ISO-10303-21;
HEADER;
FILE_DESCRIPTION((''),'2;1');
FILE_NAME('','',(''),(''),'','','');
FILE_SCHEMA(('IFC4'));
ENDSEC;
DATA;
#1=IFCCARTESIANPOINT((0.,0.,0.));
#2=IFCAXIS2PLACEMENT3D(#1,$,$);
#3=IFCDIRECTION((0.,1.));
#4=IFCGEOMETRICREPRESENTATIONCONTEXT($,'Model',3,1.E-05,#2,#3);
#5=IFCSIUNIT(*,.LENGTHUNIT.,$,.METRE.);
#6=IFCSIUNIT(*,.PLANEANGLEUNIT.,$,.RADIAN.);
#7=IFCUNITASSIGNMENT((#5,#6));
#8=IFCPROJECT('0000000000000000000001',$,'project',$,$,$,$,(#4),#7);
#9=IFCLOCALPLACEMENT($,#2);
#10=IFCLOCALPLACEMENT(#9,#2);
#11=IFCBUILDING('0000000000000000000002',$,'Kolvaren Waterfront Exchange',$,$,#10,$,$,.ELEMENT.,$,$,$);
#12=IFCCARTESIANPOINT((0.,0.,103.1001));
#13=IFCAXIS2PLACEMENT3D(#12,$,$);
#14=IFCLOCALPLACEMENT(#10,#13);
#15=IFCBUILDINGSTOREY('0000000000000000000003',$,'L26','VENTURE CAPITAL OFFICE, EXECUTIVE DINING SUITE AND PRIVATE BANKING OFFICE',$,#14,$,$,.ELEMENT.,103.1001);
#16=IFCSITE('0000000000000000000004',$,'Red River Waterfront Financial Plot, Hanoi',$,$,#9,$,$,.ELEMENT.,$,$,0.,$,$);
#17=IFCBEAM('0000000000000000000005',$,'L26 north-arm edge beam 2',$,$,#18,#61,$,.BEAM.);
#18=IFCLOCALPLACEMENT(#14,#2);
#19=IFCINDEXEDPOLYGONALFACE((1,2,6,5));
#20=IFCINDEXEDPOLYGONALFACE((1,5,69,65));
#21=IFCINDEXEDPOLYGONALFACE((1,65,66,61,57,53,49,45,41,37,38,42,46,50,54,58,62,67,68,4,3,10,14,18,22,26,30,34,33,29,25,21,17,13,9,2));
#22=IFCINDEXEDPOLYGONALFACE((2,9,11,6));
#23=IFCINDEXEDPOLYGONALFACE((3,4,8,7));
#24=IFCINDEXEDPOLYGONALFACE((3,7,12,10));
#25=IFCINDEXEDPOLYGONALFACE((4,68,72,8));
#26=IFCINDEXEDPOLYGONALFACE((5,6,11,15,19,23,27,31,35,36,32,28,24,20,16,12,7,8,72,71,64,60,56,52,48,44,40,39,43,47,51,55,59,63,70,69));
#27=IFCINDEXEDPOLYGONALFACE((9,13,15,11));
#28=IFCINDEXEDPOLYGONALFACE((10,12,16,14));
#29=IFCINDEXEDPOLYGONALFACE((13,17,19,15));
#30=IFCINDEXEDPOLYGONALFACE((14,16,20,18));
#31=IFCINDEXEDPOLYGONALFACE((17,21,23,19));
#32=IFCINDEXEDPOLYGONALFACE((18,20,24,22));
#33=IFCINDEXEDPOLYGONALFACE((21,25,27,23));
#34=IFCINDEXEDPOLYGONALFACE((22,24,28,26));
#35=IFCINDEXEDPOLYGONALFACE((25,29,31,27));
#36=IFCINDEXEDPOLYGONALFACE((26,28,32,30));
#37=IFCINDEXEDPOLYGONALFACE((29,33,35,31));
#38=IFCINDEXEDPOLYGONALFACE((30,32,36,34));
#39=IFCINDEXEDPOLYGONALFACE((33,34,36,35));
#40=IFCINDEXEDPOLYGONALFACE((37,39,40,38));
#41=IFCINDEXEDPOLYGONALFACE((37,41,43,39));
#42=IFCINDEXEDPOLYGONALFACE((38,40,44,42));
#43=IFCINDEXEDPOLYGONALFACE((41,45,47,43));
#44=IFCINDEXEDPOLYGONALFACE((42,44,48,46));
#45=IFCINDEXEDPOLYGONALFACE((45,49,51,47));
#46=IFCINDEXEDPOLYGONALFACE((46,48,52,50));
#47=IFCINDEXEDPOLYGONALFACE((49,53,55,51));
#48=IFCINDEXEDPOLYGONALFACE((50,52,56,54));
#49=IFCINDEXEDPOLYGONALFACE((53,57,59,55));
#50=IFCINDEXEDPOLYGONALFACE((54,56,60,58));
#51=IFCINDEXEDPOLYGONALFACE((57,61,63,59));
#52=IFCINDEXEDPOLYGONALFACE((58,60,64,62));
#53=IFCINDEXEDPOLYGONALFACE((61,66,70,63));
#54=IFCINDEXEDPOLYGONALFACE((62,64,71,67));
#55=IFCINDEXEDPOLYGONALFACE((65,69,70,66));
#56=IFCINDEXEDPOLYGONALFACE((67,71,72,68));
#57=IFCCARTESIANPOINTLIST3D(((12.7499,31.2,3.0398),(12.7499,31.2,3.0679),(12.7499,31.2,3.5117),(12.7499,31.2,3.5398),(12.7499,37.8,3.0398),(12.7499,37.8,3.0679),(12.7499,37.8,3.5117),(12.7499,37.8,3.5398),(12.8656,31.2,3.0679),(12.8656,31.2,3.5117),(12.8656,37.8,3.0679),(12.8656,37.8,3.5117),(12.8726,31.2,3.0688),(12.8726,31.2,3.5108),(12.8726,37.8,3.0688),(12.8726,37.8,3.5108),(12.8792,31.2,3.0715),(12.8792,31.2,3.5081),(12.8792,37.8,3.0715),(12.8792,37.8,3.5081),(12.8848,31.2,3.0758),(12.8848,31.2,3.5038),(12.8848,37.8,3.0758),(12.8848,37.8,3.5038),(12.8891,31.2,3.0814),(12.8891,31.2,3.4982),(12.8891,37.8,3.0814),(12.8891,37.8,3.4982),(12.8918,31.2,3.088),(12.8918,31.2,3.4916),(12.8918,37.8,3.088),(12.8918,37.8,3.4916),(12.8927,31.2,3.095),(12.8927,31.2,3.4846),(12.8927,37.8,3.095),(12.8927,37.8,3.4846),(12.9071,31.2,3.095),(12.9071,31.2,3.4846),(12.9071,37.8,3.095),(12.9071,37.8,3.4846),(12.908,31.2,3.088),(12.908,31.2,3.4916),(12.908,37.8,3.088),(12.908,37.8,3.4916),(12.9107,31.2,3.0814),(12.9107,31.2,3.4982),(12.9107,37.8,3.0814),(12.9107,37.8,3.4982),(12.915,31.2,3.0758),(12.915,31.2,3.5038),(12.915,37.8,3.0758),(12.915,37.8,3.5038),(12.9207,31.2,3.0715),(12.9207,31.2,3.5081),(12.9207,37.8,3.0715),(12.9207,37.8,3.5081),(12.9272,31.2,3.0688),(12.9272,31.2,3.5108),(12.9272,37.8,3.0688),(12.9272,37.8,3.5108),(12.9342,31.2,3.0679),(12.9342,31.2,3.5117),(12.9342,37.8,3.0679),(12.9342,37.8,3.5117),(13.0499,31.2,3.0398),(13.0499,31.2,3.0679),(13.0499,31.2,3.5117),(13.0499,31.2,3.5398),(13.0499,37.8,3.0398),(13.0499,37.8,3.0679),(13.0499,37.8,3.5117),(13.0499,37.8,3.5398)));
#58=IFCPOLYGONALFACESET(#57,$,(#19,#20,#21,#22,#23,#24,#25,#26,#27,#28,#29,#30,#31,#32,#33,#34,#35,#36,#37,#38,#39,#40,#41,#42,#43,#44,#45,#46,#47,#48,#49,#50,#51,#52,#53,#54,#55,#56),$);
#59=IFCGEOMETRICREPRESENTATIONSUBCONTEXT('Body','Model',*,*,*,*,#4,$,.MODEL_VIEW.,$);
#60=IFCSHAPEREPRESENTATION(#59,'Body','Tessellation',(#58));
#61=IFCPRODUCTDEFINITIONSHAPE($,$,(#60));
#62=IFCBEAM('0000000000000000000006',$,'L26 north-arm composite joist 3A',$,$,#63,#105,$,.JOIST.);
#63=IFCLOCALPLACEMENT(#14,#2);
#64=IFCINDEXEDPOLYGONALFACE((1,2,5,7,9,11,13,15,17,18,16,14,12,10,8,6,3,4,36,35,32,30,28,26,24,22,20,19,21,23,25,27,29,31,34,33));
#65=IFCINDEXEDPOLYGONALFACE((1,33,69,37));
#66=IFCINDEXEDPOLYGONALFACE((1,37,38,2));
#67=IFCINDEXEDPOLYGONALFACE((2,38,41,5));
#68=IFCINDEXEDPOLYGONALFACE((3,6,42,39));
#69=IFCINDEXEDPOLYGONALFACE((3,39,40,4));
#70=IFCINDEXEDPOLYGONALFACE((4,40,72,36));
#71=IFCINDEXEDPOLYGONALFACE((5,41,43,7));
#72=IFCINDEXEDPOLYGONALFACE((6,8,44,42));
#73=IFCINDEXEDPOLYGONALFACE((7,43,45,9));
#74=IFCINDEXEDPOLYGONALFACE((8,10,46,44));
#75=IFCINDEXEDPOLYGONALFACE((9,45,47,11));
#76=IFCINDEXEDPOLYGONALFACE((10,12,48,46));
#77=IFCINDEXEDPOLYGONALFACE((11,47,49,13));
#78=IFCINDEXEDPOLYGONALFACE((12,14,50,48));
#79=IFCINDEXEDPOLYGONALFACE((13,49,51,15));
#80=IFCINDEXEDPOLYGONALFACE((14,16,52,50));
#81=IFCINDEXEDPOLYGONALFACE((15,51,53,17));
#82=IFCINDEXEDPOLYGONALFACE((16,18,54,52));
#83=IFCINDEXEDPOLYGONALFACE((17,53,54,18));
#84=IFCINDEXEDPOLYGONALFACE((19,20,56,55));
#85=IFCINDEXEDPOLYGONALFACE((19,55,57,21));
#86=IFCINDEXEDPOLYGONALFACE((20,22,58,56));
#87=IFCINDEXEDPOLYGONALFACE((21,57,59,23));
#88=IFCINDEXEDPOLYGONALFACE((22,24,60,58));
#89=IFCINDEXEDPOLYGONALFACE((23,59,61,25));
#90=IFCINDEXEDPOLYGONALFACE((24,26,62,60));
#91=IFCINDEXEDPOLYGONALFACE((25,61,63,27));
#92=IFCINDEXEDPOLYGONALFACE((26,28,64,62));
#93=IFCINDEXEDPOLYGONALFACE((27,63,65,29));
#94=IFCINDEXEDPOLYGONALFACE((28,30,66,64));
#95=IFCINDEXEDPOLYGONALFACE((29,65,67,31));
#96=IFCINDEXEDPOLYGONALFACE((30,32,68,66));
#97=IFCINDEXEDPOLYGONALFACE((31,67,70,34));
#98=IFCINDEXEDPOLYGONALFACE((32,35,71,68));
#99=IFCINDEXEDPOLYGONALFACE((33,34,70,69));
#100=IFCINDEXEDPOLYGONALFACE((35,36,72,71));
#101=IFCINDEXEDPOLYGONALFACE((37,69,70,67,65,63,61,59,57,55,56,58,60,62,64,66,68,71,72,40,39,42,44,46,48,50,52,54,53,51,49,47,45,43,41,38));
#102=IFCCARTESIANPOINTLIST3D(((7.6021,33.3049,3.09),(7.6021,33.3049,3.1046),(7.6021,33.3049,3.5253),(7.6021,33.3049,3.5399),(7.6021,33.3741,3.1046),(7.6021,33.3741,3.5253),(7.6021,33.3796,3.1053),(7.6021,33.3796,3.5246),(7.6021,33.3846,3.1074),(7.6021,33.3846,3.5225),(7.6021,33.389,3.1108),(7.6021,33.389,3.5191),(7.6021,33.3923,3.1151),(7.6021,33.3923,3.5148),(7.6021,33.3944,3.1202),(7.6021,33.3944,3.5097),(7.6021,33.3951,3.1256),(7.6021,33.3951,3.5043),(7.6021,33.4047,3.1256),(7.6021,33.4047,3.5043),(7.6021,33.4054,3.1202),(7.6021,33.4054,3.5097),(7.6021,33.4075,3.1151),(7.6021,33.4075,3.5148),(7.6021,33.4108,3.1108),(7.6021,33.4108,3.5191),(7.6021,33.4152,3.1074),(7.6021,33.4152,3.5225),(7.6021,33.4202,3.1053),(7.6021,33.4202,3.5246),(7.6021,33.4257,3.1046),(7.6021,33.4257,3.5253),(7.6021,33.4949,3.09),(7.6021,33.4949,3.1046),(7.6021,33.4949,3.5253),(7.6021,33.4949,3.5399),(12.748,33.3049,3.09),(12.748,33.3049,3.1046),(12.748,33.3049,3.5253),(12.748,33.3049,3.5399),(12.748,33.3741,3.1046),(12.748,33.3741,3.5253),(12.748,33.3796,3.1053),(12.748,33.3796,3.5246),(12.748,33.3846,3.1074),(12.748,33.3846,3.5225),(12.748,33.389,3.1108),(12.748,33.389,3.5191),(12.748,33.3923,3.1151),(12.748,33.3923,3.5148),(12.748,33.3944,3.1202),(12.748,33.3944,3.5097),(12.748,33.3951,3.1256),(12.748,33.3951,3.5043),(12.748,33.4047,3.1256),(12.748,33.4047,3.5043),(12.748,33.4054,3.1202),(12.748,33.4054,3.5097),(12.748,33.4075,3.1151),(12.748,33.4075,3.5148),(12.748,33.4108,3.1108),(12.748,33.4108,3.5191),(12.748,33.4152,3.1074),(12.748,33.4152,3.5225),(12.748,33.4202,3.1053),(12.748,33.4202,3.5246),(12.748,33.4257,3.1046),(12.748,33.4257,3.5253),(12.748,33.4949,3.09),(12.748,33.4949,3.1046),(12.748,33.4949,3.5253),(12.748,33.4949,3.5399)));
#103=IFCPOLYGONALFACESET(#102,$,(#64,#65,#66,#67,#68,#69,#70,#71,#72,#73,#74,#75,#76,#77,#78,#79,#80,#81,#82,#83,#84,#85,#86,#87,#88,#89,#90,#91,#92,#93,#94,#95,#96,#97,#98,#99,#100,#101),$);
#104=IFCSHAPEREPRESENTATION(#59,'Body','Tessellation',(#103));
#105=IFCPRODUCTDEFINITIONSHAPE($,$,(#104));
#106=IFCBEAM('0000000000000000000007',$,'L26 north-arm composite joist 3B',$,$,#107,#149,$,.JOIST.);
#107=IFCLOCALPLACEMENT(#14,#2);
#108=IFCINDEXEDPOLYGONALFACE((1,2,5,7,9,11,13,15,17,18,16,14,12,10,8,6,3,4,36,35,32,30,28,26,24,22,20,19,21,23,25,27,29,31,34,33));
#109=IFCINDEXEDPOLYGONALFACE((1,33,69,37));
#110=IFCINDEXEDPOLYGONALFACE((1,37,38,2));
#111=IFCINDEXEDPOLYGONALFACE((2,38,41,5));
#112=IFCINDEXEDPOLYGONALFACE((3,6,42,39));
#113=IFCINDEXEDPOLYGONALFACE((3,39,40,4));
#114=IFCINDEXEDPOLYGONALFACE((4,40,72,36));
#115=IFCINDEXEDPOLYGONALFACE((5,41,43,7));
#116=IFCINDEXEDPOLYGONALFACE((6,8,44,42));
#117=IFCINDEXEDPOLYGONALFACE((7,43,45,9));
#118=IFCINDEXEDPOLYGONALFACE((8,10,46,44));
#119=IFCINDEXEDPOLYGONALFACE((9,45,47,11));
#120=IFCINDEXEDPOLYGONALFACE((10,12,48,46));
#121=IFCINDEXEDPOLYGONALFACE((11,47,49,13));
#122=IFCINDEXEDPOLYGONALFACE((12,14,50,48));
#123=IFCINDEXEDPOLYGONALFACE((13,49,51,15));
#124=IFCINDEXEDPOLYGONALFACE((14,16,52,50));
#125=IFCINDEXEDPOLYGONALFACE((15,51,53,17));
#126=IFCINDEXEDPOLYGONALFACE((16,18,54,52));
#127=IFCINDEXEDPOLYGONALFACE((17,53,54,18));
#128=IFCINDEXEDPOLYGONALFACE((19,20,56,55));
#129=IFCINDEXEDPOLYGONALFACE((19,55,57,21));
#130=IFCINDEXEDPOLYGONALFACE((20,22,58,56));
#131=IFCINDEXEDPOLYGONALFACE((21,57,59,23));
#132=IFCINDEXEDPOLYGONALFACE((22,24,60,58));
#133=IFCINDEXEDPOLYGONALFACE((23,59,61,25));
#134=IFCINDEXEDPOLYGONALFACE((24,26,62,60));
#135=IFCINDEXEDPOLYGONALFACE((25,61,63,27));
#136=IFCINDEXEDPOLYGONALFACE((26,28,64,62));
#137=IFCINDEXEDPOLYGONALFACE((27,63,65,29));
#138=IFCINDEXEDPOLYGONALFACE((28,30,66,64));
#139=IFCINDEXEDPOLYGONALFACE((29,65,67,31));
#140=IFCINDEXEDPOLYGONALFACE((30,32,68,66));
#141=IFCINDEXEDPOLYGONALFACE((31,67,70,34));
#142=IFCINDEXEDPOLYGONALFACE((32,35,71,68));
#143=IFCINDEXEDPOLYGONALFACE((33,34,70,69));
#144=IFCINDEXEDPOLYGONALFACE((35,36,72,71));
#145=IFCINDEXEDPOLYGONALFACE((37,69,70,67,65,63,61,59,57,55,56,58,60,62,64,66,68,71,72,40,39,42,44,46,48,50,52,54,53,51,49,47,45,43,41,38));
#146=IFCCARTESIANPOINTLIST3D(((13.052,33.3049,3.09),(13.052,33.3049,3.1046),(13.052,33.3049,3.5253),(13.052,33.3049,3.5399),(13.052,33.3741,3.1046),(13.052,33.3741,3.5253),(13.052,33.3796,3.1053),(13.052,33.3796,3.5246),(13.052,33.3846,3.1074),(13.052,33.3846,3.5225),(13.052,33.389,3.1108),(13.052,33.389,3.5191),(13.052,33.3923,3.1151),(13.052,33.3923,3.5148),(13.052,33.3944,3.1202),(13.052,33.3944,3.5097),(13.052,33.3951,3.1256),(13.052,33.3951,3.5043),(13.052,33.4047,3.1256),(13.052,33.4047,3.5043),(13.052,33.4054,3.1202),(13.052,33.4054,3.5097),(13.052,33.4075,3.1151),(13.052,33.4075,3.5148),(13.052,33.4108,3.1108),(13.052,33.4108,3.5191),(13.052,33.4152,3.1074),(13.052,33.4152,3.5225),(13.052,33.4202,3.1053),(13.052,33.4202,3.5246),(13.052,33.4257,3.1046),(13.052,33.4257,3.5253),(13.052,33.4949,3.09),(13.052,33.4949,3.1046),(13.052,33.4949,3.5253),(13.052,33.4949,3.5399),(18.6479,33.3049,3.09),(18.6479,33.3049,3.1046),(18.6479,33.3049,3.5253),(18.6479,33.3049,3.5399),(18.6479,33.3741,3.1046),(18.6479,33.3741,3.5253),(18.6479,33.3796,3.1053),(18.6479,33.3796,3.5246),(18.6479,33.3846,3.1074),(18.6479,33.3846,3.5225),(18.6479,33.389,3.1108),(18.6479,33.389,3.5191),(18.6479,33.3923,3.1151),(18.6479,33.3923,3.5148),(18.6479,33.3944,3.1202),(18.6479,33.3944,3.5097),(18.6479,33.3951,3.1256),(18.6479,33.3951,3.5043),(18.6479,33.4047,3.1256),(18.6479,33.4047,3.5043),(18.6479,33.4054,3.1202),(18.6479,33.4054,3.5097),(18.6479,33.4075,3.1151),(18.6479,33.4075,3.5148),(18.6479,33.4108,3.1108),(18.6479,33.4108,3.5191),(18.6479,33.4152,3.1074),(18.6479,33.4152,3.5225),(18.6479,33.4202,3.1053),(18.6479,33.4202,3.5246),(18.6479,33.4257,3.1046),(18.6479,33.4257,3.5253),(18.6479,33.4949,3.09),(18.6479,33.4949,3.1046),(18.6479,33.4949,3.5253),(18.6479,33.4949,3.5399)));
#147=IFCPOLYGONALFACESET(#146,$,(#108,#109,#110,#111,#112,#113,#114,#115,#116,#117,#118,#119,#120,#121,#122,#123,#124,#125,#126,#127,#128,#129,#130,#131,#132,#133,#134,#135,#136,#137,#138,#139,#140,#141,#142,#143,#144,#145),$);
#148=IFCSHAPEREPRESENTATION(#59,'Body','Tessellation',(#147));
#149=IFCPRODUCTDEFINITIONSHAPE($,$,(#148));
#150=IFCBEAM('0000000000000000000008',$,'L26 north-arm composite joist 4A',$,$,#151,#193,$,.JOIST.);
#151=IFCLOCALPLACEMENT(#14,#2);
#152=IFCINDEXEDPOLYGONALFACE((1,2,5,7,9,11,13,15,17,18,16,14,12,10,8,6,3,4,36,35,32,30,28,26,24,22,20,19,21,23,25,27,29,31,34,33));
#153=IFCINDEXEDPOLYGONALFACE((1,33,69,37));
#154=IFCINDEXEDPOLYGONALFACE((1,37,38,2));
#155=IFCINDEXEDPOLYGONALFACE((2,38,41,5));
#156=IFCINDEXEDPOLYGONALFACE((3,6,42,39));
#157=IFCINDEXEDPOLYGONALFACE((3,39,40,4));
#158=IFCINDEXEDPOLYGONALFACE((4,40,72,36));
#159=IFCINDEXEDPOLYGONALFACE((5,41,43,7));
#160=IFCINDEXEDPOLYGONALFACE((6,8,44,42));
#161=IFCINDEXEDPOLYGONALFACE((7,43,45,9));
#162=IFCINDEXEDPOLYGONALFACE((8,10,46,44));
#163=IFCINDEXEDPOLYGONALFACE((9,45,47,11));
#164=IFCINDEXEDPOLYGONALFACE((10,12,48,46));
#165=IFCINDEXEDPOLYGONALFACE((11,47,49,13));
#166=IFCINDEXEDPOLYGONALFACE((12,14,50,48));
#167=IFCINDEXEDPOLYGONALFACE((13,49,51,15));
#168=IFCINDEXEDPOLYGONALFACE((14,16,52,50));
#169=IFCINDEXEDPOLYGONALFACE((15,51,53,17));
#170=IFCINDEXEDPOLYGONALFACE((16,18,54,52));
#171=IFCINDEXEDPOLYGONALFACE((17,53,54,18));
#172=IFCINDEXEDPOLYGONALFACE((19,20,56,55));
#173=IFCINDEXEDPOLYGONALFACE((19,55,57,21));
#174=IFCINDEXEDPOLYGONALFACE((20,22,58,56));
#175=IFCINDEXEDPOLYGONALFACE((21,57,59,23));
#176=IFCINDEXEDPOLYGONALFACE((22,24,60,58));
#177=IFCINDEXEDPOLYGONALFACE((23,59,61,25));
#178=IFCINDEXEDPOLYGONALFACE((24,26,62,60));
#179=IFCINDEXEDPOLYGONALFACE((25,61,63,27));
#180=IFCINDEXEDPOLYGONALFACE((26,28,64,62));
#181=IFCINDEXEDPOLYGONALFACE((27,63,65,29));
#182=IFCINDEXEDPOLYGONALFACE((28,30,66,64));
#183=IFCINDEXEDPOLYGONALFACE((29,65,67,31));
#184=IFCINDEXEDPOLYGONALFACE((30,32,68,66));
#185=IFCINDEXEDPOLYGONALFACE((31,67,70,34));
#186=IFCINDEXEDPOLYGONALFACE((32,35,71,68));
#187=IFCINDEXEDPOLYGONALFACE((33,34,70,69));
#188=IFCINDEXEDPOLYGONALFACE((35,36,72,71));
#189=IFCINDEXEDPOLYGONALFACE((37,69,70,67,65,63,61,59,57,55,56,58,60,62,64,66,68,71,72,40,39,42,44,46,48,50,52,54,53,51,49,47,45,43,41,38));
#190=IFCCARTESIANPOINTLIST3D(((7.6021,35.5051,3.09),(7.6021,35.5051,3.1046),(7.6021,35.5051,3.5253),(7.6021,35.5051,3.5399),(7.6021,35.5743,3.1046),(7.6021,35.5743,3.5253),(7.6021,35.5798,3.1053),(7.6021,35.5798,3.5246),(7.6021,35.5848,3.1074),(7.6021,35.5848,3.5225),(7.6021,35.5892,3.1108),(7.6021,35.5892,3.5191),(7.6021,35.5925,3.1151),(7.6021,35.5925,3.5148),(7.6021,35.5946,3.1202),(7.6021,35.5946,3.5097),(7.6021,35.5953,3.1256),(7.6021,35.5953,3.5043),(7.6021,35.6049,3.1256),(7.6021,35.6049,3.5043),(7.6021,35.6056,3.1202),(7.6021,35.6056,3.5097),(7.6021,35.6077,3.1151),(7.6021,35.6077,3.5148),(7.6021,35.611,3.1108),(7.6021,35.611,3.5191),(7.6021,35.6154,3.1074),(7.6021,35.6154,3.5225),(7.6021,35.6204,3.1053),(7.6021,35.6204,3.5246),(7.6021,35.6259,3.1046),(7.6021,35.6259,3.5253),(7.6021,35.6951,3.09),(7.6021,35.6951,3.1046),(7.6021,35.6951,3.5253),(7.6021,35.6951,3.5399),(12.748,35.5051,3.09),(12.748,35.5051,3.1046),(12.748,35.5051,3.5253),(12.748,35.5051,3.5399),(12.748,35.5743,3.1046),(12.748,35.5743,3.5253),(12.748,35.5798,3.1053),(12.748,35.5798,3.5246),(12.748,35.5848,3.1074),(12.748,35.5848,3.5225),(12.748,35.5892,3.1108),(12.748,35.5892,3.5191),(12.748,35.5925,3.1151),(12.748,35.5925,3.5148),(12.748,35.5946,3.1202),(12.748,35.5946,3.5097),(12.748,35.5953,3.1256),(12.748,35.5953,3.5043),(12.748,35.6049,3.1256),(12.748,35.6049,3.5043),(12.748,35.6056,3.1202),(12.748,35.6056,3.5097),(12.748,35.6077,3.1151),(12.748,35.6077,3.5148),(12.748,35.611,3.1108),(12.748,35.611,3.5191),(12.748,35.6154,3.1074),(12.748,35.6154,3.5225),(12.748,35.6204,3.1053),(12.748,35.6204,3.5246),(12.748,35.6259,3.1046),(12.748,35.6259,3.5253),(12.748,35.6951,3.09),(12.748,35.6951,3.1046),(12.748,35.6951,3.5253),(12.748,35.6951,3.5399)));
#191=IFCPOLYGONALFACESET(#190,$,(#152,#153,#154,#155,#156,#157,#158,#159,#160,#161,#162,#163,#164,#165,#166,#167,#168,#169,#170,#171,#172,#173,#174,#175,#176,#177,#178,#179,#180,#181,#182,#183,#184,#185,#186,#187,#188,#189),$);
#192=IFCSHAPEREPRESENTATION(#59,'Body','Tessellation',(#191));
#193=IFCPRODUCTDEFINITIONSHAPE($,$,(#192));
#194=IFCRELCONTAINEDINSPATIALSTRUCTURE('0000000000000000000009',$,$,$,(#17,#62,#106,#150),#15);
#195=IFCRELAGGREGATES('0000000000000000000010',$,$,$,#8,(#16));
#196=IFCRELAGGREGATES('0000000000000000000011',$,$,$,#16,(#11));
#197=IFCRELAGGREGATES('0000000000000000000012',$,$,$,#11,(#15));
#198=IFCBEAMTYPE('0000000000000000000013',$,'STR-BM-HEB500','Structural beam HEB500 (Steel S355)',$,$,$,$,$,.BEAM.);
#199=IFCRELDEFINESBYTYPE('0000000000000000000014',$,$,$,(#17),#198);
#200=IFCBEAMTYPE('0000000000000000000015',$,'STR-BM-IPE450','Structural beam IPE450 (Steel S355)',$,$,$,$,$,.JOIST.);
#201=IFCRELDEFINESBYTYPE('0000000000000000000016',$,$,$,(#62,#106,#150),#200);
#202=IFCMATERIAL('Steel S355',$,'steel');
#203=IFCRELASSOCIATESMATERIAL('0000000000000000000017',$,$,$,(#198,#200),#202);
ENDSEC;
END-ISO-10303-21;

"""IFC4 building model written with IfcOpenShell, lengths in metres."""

from ifc_helpers import new_model, si_unit, direction, frame, origin, origin_2d, place, context, subcontext, project, spatial, i_section, extrude, material, material_profile, profile_set, type_object, element, save


model = new_model("IFC4")

# Units and contexts
model_context = context("Model", 3, precision=1e-05, world=origin(), true_north=direction((0.0, 1.0)))
body_context = subcontext(model_context, "Body", "Model", "MODEL_VIEW")
ifc_project = project(units=[si_unit("LENGTHUNIT", "METRE"), si_unit("PLANEANGLEUNIT", "RADIAN")], contexts=[model_context])

# Site, building, storey
site_placement = place(None, origin())
site = spatial("IfcSite", under=ifc_project, at=site_placement, Name="Red River Waterfront Financial Plot, Hanoi", CompositionType="ELEMENT", RefElevation=0.0)
building_placement = place(site_placement, origin())
building = spatial("IfcBuilding", under=site, at=building_placement, Name="Kolvaren Waterfront Exchange", CompositionType="ELEMENT")
storey_placement = place(building_placement, frame((0.0, 0.0, 103.1001)))
storey = spatial("IfcBuildingStorey", under=building, at=storey_placement, Name="L26", Description="VENTURE CAPITAL OFFICE, EXECUTIVE DINING SUITE AND PRIVATE BANKING OFFICE", CompositionType="ELEMENT", Elevation=103.1001)

# Beams
ifc_material_1 = material(Name="Steel S355", Category="steel")
ifc_material_profile_1 = material_profile(ifc_material_1, i_section(OverallWidth=0.3, OverallDepth=0.5, WebThickness=0.0144, FlangeThickness=0.0281, FilletRadius=0.0271, at=origin_2d()), Name="HEB500")
ifc_profile_set_1 = profile_set([ifc_material_profile_1], Name="Steel S355")
beam_type_1 = type_object("IfcBeamType", Name="STR-BM-HEB500", Description="Structural beam HEB500 (Steel S355)", PredefinedType="BEAM", material=ifc_profile_set_1)
beam_1_placement = place(storey_placement, frame((12.8999, 31.2, 3.2898), z_axis=(0.0, 1.0, 0.0), x_axis=(-1.0, 0.0, 0.0)))
element("IfcBeam", 1, at=beam_1_placement, inside=storey, type_object=beam_type_1, Name="L26 north-arm edge beam 2", PredefinedType="BEAM", context=body_context, shape_type="SweptSolid", body=[
    extrude(i_section(OverallWidth=0.3, OverallDepth=0.5, WebThickness=0.0144, FlangeThickness=0.0281, FilletRadius=0.0271, at=origin_2d()), origin(), (0.0, 0.0, 1.0), 6.6001),
])
ifc_material_profile_2 = material_profile(ifc_material_1, i_section(OverallWidth=0.1899, OverallDepth=0.45, WebThickness=0.0095, FlangeThickness=0.0146, FilletRadius=0.021, at=origin_2d()), Name="IPE450")
ifc_profile_set_2 = profile_set([ifc_material_profile_2], Name="Steel S355")
beam_type_2 = type_object("IfcBeamType", Name="STR-BM-IPE450", Description="Structural beam IPE450 (Steel S355)", PredefinedType="JOIST", material=ifc_profile_set_2)
beam_2_placement = place(storey_placement, frame((7.6021, 33.3999, 3.3149), z_axis=(1.0, 0.0, 0.0), x_axis=(0.0, 1.0, 0.0)))
element("IfcBeam", 2, at=beam_2_placement, inside=storey, type_object=beam_type_2, Name="L26 north-arm composite joist 3A", PredefinedType="JOIST", context=body_context, shape_type="SweptSolid", body=[
    extrude(i_section(OverallWidth=0.1899, OverallDepth=0.45, WebThickness=0.0095, FlangeThickness=0.0146, FilletRadius=0.021, at=origin_2d()), origin(), (0.0, 0.0, 1.0), 5.146),
])
beam_3_placement = place(storey_placement, frame((13.052, 33.3999, 3.3149), z_axis=(1.0, 0.0, 0.0), x_axis=(0.0, 1.0, 0.0)))
element("IfcBeam", 3, at=beam_3_placement, inside=storey, type_object=beam_type_2, Name="L26 north-arm composite joist 3B", PredefinedType="JOIST", context=body_context, shape_type="SweptSolid", body=[
    extrude(i_section(OverallWidth=0.1899, OverallDepth=0.45, WebThickness=0.0095, FlangeThickness=0.0146, FilletRadius=0.021, at=origin_2d()), origin(), (0.0, 0.0, 1.0), 5.5959),
])
beam_4_placement = place(storey_placement, frame((7.6021, 35.6001, 3.3149), z_axis=(1.0, 0.0, 0.0), x_axis=(0.0, 1.0, 0.0)))
element("IfcBeam", 4, at=beam_4_placement, inside=storey, type_object=beam_type_2, Name="L26 north-arm composite joist 4A", PredefinedType="JOIST", context=body_context, shape_type="SweptSolid", body=[
    extrude(i_section(OverallWidth=0.1899, OverallDepth=0.45, WebThickness=0.0095, FlangeThickness=0.0146, FilletRadius=0.021, at=origin_2d()), origin(), (0.0, 0.0, 1.0), 5.146),
])

save(model, "model.ifc")
